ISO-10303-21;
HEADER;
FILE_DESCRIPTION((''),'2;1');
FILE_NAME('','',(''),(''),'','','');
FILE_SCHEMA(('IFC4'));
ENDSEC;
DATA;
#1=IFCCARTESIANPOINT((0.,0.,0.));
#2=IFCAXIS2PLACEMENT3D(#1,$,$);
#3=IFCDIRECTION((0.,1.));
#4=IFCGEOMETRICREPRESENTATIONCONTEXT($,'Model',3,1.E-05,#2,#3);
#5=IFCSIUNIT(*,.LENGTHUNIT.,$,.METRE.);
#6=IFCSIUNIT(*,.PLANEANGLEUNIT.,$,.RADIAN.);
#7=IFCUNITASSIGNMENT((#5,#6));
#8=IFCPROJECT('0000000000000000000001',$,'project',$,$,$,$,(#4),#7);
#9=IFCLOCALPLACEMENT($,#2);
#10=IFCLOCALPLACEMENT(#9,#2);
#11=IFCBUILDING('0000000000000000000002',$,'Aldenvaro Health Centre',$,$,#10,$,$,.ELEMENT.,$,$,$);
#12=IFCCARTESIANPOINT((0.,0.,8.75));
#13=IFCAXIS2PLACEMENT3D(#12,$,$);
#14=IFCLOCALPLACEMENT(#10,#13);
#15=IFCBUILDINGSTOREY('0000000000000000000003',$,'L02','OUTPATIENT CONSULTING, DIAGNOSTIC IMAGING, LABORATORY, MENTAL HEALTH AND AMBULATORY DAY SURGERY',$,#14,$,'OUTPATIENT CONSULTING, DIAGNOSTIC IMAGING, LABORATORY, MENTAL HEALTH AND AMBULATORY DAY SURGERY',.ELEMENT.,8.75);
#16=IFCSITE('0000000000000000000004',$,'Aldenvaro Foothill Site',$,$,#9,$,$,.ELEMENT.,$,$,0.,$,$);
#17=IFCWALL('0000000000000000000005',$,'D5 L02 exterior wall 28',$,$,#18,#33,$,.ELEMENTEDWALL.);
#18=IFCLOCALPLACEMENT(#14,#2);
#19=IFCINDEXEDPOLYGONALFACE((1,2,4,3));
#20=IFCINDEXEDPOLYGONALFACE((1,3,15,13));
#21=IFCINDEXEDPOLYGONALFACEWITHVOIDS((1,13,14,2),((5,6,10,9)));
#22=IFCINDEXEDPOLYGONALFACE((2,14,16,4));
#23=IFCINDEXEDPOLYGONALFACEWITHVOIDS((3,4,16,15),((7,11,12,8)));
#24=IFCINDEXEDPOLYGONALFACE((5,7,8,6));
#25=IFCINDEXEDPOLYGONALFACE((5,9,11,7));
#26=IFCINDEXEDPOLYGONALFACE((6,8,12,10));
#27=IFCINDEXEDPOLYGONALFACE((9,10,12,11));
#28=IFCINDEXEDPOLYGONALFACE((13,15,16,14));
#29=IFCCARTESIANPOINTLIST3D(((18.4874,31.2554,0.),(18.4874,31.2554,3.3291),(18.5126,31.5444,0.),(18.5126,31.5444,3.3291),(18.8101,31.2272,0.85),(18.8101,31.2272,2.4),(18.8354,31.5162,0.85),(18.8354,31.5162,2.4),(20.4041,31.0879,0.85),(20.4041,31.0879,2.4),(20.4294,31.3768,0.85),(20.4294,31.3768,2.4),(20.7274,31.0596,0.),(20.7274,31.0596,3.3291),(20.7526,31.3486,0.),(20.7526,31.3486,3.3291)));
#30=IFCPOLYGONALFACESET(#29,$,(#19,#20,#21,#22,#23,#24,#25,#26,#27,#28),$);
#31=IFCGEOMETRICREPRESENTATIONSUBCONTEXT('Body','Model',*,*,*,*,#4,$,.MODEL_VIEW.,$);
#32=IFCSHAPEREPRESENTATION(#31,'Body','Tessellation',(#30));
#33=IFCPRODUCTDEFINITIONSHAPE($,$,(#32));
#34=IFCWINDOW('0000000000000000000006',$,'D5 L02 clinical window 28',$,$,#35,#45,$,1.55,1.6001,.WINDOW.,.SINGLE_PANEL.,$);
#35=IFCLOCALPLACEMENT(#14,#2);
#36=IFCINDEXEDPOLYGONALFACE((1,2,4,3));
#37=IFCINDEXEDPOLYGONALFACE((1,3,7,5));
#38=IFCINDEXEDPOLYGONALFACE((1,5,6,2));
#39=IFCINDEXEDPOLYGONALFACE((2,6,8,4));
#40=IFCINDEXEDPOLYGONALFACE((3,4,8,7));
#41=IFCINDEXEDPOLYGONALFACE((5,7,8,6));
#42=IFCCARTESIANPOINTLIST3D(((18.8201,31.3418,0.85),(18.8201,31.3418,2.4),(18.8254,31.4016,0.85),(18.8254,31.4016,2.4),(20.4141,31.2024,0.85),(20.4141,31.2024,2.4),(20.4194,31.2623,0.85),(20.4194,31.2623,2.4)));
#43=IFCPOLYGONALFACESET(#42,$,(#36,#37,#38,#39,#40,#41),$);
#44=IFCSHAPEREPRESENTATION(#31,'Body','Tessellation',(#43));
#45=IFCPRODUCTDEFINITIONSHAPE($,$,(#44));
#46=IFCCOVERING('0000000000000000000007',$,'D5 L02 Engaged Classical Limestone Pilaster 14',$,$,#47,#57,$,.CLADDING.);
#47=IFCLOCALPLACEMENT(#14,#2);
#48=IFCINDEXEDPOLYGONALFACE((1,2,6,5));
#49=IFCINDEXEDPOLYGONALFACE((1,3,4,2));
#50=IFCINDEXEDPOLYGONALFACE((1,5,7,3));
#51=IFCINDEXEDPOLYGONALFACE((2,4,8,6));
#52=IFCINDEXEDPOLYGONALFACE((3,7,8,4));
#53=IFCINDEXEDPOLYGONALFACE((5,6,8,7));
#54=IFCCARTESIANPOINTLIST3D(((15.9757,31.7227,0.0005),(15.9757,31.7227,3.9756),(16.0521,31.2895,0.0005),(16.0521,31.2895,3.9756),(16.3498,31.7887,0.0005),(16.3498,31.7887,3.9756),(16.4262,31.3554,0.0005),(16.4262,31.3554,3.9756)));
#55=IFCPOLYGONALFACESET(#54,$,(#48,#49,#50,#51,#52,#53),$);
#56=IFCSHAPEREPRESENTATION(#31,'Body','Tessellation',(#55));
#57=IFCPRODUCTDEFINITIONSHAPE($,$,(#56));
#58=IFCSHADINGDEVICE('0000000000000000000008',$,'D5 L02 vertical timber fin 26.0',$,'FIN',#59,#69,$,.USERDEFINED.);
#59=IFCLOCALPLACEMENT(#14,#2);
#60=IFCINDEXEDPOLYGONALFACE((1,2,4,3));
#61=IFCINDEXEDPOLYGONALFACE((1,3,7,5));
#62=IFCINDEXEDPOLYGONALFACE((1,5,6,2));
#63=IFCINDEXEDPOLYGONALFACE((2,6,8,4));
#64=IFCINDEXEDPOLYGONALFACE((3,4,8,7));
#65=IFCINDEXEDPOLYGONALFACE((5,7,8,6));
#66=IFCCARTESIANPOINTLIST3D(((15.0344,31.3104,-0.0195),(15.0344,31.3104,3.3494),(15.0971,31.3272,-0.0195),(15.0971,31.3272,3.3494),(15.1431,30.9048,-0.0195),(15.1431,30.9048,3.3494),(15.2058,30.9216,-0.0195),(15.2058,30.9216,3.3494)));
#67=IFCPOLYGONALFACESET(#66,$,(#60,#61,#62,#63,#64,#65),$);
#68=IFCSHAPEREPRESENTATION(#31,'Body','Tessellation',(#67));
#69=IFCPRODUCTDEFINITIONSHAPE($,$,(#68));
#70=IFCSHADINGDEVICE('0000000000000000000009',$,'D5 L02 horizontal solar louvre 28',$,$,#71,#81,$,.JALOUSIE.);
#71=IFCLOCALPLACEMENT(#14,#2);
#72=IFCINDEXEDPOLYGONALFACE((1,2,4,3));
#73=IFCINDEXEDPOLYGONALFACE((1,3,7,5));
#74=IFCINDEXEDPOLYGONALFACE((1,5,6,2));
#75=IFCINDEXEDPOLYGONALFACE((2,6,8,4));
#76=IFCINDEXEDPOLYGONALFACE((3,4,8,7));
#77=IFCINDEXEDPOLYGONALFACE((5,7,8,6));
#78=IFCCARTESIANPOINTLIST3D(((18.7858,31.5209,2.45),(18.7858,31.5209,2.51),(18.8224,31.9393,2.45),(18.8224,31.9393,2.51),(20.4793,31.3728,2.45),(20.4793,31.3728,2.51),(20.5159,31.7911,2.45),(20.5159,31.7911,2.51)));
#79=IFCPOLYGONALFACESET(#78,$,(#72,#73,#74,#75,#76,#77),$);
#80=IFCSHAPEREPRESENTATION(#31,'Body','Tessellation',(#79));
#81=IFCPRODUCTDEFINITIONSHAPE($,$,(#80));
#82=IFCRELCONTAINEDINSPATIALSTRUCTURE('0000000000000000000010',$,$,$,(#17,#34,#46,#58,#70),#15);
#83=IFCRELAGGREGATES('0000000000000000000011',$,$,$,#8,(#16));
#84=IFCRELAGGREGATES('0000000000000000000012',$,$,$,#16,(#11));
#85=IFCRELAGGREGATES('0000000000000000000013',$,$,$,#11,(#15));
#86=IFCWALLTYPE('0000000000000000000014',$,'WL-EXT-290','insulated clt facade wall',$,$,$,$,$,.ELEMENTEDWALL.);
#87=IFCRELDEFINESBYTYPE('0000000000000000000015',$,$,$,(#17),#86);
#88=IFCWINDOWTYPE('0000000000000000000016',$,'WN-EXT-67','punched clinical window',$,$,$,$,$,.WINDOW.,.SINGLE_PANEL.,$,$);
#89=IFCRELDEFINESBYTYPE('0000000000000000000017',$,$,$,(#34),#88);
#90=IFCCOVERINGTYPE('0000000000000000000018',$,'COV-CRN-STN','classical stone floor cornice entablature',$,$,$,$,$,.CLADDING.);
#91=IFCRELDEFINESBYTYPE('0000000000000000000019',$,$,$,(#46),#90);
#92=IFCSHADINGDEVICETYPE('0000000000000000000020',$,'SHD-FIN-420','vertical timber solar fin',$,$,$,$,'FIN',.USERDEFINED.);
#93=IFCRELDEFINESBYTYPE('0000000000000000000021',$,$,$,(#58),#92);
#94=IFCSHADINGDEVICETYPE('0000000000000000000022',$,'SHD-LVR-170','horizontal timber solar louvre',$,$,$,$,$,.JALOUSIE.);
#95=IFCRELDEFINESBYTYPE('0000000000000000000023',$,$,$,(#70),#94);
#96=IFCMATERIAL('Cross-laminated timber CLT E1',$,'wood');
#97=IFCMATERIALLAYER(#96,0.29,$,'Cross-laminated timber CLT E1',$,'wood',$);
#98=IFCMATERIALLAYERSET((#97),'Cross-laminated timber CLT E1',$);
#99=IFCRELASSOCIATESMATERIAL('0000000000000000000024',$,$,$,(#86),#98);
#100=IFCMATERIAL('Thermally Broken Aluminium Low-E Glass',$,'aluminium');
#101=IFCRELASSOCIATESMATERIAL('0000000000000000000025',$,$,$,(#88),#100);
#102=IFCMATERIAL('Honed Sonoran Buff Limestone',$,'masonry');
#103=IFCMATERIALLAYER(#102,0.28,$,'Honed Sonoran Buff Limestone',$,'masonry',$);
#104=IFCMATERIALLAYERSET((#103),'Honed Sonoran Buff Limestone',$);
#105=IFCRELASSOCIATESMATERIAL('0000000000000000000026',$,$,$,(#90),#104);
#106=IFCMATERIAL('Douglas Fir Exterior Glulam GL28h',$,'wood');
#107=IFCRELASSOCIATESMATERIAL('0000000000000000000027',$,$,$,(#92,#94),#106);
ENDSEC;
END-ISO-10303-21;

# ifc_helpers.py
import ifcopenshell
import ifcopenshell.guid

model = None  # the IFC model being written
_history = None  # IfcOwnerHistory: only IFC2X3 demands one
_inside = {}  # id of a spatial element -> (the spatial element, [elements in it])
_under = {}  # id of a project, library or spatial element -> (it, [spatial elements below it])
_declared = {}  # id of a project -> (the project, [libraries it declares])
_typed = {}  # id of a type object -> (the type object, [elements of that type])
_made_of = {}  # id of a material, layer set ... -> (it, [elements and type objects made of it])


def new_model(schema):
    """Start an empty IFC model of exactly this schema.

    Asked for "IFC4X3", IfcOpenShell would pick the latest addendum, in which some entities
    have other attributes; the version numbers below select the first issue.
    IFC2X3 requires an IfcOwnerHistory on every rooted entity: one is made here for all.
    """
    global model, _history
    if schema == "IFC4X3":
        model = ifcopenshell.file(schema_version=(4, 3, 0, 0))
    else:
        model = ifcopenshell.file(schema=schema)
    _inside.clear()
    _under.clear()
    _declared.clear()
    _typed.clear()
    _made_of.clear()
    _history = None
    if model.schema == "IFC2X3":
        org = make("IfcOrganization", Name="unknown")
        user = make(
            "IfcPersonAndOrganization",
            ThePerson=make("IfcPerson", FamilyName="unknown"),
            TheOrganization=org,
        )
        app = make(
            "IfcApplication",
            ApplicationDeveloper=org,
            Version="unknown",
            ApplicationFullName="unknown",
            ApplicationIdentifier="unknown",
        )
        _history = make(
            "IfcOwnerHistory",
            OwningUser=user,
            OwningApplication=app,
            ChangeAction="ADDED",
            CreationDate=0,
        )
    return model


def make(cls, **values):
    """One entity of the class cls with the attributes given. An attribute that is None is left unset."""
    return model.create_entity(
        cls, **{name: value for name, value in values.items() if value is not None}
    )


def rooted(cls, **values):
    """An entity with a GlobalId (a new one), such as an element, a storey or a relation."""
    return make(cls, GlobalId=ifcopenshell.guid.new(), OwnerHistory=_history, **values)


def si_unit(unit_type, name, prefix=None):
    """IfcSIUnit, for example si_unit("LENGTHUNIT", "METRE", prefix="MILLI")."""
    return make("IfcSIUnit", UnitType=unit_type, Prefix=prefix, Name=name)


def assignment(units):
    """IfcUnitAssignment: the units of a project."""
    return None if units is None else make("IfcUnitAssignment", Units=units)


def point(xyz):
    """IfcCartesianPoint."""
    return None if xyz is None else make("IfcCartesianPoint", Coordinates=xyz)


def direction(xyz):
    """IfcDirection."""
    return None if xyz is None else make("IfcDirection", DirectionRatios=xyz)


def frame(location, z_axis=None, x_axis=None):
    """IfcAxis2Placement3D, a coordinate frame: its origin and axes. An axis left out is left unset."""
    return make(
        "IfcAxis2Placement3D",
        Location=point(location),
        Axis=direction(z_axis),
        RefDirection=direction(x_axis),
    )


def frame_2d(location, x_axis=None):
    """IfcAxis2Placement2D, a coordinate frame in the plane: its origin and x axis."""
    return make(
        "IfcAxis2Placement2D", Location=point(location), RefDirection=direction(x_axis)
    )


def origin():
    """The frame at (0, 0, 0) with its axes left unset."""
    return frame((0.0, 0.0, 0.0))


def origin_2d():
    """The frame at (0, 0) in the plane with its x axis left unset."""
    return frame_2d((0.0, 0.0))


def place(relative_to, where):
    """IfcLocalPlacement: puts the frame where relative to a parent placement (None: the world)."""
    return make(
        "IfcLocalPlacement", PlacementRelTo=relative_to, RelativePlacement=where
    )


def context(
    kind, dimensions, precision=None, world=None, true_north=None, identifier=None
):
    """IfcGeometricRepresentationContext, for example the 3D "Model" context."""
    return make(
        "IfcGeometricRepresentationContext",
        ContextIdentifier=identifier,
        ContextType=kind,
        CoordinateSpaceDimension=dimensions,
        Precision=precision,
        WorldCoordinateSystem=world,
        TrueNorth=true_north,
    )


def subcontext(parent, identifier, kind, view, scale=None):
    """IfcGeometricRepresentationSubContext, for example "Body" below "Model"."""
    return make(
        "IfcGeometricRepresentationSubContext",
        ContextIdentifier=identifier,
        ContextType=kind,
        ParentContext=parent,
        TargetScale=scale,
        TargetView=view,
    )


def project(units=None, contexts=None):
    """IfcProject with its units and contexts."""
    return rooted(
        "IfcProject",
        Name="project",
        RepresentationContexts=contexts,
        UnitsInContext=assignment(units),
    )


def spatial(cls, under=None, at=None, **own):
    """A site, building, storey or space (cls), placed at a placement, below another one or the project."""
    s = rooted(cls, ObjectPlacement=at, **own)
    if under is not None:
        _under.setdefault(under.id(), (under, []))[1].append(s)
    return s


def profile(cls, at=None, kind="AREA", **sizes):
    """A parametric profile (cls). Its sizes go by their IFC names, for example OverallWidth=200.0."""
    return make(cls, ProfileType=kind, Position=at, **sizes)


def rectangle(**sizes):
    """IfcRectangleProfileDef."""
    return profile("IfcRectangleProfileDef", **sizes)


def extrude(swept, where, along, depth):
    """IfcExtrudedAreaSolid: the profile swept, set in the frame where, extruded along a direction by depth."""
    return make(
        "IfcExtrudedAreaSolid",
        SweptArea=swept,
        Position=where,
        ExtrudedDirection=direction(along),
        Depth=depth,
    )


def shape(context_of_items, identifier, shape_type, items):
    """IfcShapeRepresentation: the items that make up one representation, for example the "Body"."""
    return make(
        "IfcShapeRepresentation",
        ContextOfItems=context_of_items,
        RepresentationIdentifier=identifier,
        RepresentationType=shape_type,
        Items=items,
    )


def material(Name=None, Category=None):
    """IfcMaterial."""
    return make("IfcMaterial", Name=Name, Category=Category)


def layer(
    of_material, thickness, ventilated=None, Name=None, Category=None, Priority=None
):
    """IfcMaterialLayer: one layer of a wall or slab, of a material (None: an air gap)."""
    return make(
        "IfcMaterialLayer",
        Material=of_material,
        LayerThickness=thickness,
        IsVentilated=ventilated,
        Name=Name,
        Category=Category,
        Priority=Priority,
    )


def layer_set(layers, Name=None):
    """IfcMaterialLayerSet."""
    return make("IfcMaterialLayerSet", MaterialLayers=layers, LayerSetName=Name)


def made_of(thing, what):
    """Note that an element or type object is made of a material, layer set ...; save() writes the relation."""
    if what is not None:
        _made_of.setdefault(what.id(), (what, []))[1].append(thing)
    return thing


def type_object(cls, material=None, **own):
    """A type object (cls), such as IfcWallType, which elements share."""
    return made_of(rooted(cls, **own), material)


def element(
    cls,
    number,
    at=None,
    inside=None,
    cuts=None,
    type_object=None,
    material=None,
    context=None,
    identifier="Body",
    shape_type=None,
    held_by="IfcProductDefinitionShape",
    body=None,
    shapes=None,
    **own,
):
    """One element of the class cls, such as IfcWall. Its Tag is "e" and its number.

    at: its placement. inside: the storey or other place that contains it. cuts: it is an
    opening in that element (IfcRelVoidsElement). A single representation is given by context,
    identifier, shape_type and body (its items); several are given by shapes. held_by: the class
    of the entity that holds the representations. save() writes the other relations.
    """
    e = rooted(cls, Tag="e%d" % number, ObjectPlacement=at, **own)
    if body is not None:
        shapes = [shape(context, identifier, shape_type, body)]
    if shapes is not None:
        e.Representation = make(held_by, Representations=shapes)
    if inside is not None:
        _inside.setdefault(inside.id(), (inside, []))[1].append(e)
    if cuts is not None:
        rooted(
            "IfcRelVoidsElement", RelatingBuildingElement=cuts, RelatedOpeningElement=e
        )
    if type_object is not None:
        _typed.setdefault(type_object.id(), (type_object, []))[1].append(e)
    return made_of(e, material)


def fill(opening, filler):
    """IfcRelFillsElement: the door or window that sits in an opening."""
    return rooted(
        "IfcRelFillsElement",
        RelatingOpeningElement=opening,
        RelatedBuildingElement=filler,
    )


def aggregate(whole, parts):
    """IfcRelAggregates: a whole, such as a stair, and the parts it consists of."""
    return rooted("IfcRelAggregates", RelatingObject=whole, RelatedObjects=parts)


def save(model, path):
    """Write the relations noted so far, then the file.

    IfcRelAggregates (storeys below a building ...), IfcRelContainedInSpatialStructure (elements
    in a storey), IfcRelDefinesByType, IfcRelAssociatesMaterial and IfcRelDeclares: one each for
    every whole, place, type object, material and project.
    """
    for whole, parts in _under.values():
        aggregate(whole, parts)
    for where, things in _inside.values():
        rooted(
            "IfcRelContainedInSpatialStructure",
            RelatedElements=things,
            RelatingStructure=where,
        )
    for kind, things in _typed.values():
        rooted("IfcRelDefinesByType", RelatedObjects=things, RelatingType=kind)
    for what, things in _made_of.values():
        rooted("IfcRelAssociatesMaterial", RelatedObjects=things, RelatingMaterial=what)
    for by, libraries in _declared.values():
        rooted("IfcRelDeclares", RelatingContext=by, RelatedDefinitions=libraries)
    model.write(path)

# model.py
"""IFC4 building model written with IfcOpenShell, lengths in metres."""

from ifc_helpers import new_model, si_unit, direction, frame, frame_2d, origin, origin_2d, place, context, subcontext, project, spatial, rectangle, extrude, material, layer, layer_set, type_object, element, fill, save


model = new_model("IFC4")

# Units and contexts
model_context = context("Model", 3, precision=1e-05, world=origin(), true_north=direction((0.0, 1.0)))
body_context = subcontext(model_context, "Body", "Model", "MODEL_VIEW")
ifc_project = project(units=[si_unit("LENGTHUNIT", "METRE"), si_unit("PLANEANGLEUNIT", "RADIAN")], contexts=[model_context])

# Site, building, storey
site_placement = place(None, origin())
site = spatial("IfcSite", under=ifc_project, at=site_placement, Name="Aldenvaro Foothill Site", CompositionType="ELEMENT", RefElevation=0.0)
building_placement = place(site_placement, origin())
building = spatial("IfcBuilding", under=site, at=building_placement, Name="Aldenvaro Health Centre", CompositionType="ELEMENT")
storey_placement = place(building_placement, frame((0.0, 0.0, 8.75)))
storey = spatial("IfcBuildingStorey", under=building, at=storey_placement, Name="L02", Description="OUTPATIENT CONSULTING, DIAGNOSTIC IMAGING, LABORATORY, MENTAL HEALTH AND AMBULATORY DAY SURGERY", LongName="OUTPATIENT CONSULTING, DIAGNOSTIC IMAGING, LABORATORY, MENTAL HEALTH AND AMBULATORY DAY SURGERY", CompositionType="ELEMENT", Elevation=8.75)

# Wall, opening, window
ifc_material_1 = material(Name="Cross-laminated timber CLT E1", Category="wood")
ifc_layer_1 = layer(ifc_material_1, 0.29, Name="Cross-laminated timber CLT E1", Category="wood")
ifc_layer_set_1 = layer_set([ifc_layer_1], Name="Cross-laminated timber CLT E1")
wall_type = type_object("IfcWallType", Name="WL-EXT-290", Description="insulated clt facade wall", PredefinedType="ELEMENTEDWALL", material=ifc_layer_set_1)
ifc_material_2 = material(Name="Thermally Broken Aluminium Low-E Glass", Category="aluminium")
wall_1_placement = place(storey_placement, frame((18.5, 31.3999, 0.0), z_axis=(0.0, 0.0, 1.0), x_axis=(0.996201, -0.087079, 0.0)))
wall_1 = element("IfcWall", 1, at=wall_1_placement, inside=storey, type_object=wall_type, Name="D5 L02 exterior wall 28", PredefinedType="ELEMENTEDWALL", context=body_context, shape_type="SweptSolid", body=[
    extrude(rectangle(XDim=2.2485, YDim=0.29, at=frame_2d((1.1243, 0.0))), origin(), (0.0, 0.0, 1.0), 3.3291),
])
opening_1_placement = place(wall_1_placement, frame((0.324, 0.0, 0.8501)))
opening_1 = element("IfcOpeningElement", 2, at=opening_1_placement, cuts=wall_1, PredefinedType="OPENING", context=body_context, shape_type="SweptSolid", body=[
    extrude(rectangle(XDim=1.6001, YDim=1.55, at=frame_2d((0.8, 0.7749))), frame((0.0, 0.155, 0.0), z_axis=(0.0, -1.0, 0.0), x_axis=(1.0, 0.0, 0.0)), (0.0, 0.0, 1.0), 0.3101),
])
window_type_1 = type_object("IfcWindowType", Name="WN-EXT-67", Description="punched clinical window", PartitioningType="SINGLE_PANEL", PredefinedType="WINDOW", material=ifc_material_2)
window_1_placement = place(opening_1_placement, origin())
window_1 = element("IfcWindow", 3, at=window_1_placement, inside=storey, type_object=window_type_1, Name="D5 L02 clinical window 28", OverallHeight=1.55, OverallWidth=1.6001, PartitioningType="SINGLE_PANEL", PredefinedType="WINDOW", context=body_context, shape_type="SweptSolid", body=[
    extrude(rectangle(XDim=1.6001, YDim=1.55, at=frame_2d((0.8, 0.7749))), frame((0.0, 0.03, 0.0), z_axis=(0.0, -1.0, 0.0), x_axis=(1.0, 0.0, 0.0)), (0.0, 0.0, 1.0), 0.0601),
])
fill(opening_1, window_1)

# Covering
ifc_material_3 = material(Name="Honed Sonoran Buff Limestone", Category="masonry")
ifc_layer_2 = layer(ifc_material_3, 0.28, Name="Honed Sonoran Buff Limestone", Category="masonry")
ifc_layer_set_2 = layer_set([ifc_layer_2], Name="Honed Sonoran Buff Limestone")
covering_type = type_object("IfcCoveringType", Name="COV-CRN-STN", Description="classical stone floor cornice entablature", PredefinedType="CLADDING", material=ifc_layer_set_2)
covering_placement = place(storey_placement, frame((16.2009, 31.5391, 0.0005), z_axis=(0.0, 0.0, 1.0), x_axis=(-0.173644, 0.984809, 0.0)))
element("IfcCovering", 4, at=covering_placement, inside=storey, type_object=covering_type, Name="D5 L02 Engaged Classical Limestone Pilaster 14", PredefinedType="CLADDING", context=body_context, shape_type="SweptSolid", body=[
    extrude(rectangle(XDim=0.4399, YDim=0.3799, at=origin_2d()), origin(), (0.0, 0.0, 1.0), 3.9751),
])

# Shading devices
ifc_material_4 = material(Name="Douglas Fir Exterior Glulam GL28h", Category="wood")
shading_device_type_1 = type_object("IfcShadingDeviceType", Name="SHD-FIN-420", Description="vertical timber solar fin", ElementType="FIN", PredefinedType="USERDEFINED", material=ifc_material_4)
shading_device_1_placement = place(storey_placement, frame((15.1201, 31.116, -0.0195), z_axis=(0.0, 0.0, 1.0), x_axis=(0.965924, 0.258825, 0.0)))
element("IfcShadingDevice", 5, at=shading_device_1_placement, inside=storey, type_object=shading_device_type_1, Name="D5 L02 vertical timber fin 26.0", ObjectType="FIN", PredefinedType="USERDEFINED", context=body_context, shape_type="SweptSolid", body=[
    extrude(rectangle(XDim=0.0649, YDim=0.4199, at=origin_2d()), origin(), (0.0, 0.0, 1.0), 3.3689),
])
shading_device_type_2 = type_object("IfcShadingDeviceType", Name="SHD-LVR-170", Description="horizontal timber solar louvre", PredefinedType="JALOUSIE", material=ifc_material_4)
shading_device_2_placement = place(storey_placement, frame((19.6509, 31.656, 2.45), z_axis=(0.0, 0.0, 1.0), x_axis=(0.996194, -0.087167, 0.0)))
element("IfcShadingDevice", 6, at=shading_device_2_placement, inside=storey, type_object=shading_device_type_2, Name="D5 L02 horizontal solar louvre 28", PredefinedType="JALOUSIE", context=body_context, shape_type="SweptSolid", body=[
    extrude(rectangle(XDim=1.7, YDim=0.4199, at=origin_2d()), origin(), (0.0, 0.0, 1.0), 0.0601),
])

save(model, "model.ifc")
